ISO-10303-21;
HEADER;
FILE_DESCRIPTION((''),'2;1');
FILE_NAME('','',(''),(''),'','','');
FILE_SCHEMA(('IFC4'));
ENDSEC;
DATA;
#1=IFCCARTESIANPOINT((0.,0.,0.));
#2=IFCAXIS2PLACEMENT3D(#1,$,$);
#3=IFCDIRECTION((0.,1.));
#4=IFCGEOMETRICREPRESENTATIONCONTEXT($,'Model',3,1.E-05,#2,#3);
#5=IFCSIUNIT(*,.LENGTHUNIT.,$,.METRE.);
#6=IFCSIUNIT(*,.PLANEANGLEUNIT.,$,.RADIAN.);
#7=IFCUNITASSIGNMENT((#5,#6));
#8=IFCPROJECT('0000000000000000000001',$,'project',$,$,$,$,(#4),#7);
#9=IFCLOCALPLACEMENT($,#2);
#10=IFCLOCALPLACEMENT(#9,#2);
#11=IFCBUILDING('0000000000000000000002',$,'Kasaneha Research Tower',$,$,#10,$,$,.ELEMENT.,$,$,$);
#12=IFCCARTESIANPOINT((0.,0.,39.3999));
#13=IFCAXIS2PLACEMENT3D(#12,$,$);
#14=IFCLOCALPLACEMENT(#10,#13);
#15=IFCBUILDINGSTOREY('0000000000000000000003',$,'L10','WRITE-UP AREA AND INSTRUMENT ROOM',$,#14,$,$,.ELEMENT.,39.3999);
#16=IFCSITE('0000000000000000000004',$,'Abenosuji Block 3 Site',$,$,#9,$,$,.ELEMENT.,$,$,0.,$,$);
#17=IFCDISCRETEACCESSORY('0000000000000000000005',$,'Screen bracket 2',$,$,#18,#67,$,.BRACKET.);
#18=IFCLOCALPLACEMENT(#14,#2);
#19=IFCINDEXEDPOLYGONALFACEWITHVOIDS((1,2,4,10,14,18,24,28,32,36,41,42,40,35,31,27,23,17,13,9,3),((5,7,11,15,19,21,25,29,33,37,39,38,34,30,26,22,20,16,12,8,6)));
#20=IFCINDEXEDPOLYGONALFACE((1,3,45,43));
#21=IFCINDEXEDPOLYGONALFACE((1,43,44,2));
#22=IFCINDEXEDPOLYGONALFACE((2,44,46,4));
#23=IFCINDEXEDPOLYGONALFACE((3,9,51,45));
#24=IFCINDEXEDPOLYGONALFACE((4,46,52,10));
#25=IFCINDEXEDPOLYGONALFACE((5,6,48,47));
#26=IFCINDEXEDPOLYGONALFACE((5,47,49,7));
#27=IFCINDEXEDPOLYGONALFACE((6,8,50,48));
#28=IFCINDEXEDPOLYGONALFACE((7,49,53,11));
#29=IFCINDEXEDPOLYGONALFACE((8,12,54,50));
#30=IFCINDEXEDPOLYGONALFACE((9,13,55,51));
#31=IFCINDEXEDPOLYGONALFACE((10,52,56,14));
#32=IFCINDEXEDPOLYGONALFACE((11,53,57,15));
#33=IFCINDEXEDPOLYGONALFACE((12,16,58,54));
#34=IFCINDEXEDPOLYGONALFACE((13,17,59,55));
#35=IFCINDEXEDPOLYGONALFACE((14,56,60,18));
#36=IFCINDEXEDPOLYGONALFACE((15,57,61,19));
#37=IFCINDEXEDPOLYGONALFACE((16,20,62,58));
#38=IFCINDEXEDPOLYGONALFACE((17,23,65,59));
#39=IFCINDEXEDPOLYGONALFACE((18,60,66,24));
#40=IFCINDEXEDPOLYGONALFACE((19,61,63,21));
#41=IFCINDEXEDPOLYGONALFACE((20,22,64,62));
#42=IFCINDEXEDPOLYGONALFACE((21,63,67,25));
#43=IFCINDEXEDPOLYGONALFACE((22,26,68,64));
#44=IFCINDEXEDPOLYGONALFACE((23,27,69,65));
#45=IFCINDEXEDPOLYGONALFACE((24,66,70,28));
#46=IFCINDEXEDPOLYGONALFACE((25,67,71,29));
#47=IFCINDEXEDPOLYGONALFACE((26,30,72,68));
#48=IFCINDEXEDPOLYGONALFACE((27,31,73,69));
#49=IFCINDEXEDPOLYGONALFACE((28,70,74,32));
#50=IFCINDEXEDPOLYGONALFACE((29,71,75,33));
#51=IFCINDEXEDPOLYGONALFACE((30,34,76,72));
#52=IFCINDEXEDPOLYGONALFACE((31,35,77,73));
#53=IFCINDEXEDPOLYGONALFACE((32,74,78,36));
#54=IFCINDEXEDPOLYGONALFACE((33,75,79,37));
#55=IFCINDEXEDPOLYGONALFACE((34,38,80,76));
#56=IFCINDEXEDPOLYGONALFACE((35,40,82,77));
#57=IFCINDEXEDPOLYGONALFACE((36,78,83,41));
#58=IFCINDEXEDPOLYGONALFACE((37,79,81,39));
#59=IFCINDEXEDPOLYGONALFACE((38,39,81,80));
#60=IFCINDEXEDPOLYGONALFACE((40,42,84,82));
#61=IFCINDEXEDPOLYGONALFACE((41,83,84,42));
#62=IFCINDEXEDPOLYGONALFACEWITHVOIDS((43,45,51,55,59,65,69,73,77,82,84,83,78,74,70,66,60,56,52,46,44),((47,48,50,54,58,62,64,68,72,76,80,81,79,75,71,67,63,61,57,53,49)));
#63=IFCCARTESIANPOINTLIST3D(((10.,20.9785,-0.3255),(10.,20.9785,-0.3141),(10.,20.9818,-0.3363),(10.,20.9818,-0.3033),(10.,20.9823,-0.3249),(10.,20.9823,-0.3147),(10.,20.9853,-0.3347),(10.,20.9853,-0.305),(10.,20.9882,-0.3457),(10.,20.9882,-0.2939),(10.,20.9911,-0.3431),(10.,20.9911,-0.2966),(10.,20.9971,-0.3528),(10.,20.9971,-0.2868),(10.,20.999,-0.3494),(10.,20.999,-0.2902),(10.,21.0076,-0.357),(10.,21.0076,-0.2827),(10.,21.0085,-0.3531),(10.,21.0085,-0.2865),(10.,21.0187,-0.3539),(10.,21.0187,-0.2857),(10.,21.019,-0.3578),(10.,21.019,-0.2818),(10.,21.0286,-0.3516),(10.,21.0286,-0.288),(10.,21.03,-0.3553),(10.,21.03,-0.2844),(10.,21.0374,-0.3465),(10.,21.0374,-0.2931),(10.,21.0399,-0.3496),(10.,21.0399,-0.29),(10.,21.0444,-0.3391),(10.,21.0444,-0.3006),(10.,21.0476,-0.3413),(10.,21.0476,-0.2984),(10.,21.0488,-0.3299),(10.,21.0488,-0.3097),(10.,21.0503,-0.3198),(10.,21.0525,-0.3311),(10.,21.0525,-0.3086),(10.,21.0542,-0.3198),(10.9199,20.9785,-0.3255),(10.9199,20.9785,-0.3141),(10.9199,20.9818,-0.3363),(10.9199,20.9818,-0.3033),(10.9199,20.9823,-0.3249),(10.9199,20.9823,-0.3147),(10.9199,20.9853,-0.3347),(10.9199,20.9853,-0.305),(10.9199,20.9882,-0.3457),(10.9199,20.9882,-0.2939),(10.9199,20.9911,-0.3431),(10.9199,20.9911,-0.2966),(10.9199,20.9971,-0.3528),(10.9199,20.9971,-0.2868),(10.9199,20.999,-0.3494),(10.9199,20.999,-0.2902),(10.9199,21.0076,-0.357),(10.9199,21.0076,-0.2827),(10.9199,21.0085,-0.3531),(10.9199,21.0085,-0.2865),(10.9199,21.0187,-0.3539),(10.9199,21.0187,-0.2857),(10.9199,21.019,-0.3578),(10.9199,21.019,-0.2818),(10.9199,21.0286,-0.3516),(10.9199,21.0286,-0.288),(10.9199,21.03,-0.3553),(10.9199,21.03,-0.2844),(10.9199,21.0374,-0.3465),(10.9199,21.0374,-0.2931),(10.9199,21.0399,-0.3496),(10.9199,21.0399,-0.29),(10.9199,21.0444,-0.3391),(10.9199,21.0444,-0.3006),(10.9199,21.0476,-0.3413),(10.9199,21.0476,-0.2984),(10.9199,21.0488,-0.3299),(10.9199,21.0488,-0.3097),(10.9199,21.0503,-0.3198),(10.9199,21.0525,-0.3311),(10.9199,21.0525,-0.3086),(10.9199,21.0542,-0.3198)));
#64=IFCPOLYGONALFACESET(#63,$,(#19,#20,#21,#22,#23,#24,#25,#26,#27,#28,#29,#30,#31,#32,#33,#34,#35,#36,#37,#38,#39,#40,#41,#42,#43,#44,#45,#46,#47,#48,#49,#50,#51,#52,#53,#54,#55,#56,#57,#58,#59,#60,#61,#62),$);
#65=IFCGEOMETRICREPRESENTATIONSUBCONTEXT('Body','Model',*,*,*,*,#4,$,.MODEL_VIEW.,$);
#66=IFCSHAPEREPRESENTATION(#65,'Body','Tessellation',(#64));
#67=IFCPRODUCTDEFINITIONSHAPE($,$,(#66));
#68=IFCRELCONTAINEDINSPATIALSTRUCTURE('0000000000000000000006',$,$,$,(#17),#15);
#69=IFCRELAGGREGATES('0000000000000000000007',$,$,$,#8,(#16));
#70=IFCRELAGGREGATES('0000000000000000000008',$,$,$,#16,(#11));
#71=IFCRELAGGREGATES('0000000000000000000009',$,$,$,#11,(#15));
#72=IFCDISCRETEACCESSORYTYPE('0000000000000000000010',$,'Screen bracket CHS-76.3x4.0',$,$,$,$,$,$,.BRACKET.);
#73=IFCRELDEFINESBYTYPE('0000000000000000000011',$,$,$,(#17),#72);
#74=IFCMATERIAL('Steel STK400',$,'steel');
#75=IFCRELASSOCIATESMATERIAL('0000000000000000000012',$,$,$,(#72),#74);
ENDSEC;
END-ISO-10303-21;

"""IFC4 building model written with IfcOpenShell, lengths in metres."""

from ifc_helpers import new_model, si_unit, direction, frame, origin, origin_2d, place, context, subcontext, project, spatial, hollow_circle, extrude, material, material_profile, profile_set, type_object, element, save


model = new_model("IFC4")

# Units and contexts
model_context = context("Model", 3, precision=1e-05, world=origin(), true_north=direction((0.0, 1.0)))
body_context = subcontext(model_context, "Body", "Model", "MODEL_VIEW")
ifc_project = project(units=[si_unit("LENGTHUNIT", "METRE"), si_unit("PLANEANGLEUNIT", "RADIAN")], contexts=[model_context])

# Site, building, storey
site_placement = place(None, origin())
site = spatial("IfcSite", under=ifc_project, at=site_placement, Name="Abenosuji Block 3 Site", CompositionType="ELEMENT", RefElevation=0.0)
building_placement = place(site_placement, origin())
building = spatial("IfcBuilding", under=site, at=building_placement, Name="Kasaneha Research Tower", CompositionType="ELEMENT")
storey_placement = place(building_placement, frame((0.0, 0.0, 39.3999)))
storey = spatial("IfcBuildingStorey", under=building, at=storey_placement, Name="L10", Description="WRITE-UP AREA AND INSTRUMENT ROOM", CompositionType="ELEMENT", Elevation=39.3999)

# Discrete accessory
ifc_material_1 = material(Name="Steel STK400", Category="steel")
ifc_material_profile_1 = material_profile(ifc_material_1, hollow_circle(Radius=0.0381, WallThickness=0.0039, at=origin_2d()), Name="CHS-76.3x4.0")
ifc_profile_set_1 = profile_set([ifc_material_profile_1], Name="Steel STK400")
discrete_accessory_type = type_object("IfcDiscreteAccessoryType", Name="Screen bracket CHS-76.3x4.0", PredefinedType="BRACKET", material=ifc_profile_set_1)
for number, where, z_axis, x_axis, name in (
    (1, (10.0, 21.0161, -0.3198), (1.0, 0.0, 0.0), (0.0, 1.0, 0.0), "Screen bracket 2"),
):
    element("IfcDiscreteAccessory", number, at=place(storey_placement, frame(where, z_axis=z_axis, x_axis=x_axis)), inside=storey, type_object=discrete_accessory_type, Name=name, PredefinedType="BRACKET", context=body_context, shape_type="SweptSolid", body=[
        extrude(hollow_circle(Radius=0.0381, WallThickness=0.0039, at=origin_2d()), origin(), (0.0, 0.0, 1.0), 0.9199),
    ])

save(model, "model.ifc")
